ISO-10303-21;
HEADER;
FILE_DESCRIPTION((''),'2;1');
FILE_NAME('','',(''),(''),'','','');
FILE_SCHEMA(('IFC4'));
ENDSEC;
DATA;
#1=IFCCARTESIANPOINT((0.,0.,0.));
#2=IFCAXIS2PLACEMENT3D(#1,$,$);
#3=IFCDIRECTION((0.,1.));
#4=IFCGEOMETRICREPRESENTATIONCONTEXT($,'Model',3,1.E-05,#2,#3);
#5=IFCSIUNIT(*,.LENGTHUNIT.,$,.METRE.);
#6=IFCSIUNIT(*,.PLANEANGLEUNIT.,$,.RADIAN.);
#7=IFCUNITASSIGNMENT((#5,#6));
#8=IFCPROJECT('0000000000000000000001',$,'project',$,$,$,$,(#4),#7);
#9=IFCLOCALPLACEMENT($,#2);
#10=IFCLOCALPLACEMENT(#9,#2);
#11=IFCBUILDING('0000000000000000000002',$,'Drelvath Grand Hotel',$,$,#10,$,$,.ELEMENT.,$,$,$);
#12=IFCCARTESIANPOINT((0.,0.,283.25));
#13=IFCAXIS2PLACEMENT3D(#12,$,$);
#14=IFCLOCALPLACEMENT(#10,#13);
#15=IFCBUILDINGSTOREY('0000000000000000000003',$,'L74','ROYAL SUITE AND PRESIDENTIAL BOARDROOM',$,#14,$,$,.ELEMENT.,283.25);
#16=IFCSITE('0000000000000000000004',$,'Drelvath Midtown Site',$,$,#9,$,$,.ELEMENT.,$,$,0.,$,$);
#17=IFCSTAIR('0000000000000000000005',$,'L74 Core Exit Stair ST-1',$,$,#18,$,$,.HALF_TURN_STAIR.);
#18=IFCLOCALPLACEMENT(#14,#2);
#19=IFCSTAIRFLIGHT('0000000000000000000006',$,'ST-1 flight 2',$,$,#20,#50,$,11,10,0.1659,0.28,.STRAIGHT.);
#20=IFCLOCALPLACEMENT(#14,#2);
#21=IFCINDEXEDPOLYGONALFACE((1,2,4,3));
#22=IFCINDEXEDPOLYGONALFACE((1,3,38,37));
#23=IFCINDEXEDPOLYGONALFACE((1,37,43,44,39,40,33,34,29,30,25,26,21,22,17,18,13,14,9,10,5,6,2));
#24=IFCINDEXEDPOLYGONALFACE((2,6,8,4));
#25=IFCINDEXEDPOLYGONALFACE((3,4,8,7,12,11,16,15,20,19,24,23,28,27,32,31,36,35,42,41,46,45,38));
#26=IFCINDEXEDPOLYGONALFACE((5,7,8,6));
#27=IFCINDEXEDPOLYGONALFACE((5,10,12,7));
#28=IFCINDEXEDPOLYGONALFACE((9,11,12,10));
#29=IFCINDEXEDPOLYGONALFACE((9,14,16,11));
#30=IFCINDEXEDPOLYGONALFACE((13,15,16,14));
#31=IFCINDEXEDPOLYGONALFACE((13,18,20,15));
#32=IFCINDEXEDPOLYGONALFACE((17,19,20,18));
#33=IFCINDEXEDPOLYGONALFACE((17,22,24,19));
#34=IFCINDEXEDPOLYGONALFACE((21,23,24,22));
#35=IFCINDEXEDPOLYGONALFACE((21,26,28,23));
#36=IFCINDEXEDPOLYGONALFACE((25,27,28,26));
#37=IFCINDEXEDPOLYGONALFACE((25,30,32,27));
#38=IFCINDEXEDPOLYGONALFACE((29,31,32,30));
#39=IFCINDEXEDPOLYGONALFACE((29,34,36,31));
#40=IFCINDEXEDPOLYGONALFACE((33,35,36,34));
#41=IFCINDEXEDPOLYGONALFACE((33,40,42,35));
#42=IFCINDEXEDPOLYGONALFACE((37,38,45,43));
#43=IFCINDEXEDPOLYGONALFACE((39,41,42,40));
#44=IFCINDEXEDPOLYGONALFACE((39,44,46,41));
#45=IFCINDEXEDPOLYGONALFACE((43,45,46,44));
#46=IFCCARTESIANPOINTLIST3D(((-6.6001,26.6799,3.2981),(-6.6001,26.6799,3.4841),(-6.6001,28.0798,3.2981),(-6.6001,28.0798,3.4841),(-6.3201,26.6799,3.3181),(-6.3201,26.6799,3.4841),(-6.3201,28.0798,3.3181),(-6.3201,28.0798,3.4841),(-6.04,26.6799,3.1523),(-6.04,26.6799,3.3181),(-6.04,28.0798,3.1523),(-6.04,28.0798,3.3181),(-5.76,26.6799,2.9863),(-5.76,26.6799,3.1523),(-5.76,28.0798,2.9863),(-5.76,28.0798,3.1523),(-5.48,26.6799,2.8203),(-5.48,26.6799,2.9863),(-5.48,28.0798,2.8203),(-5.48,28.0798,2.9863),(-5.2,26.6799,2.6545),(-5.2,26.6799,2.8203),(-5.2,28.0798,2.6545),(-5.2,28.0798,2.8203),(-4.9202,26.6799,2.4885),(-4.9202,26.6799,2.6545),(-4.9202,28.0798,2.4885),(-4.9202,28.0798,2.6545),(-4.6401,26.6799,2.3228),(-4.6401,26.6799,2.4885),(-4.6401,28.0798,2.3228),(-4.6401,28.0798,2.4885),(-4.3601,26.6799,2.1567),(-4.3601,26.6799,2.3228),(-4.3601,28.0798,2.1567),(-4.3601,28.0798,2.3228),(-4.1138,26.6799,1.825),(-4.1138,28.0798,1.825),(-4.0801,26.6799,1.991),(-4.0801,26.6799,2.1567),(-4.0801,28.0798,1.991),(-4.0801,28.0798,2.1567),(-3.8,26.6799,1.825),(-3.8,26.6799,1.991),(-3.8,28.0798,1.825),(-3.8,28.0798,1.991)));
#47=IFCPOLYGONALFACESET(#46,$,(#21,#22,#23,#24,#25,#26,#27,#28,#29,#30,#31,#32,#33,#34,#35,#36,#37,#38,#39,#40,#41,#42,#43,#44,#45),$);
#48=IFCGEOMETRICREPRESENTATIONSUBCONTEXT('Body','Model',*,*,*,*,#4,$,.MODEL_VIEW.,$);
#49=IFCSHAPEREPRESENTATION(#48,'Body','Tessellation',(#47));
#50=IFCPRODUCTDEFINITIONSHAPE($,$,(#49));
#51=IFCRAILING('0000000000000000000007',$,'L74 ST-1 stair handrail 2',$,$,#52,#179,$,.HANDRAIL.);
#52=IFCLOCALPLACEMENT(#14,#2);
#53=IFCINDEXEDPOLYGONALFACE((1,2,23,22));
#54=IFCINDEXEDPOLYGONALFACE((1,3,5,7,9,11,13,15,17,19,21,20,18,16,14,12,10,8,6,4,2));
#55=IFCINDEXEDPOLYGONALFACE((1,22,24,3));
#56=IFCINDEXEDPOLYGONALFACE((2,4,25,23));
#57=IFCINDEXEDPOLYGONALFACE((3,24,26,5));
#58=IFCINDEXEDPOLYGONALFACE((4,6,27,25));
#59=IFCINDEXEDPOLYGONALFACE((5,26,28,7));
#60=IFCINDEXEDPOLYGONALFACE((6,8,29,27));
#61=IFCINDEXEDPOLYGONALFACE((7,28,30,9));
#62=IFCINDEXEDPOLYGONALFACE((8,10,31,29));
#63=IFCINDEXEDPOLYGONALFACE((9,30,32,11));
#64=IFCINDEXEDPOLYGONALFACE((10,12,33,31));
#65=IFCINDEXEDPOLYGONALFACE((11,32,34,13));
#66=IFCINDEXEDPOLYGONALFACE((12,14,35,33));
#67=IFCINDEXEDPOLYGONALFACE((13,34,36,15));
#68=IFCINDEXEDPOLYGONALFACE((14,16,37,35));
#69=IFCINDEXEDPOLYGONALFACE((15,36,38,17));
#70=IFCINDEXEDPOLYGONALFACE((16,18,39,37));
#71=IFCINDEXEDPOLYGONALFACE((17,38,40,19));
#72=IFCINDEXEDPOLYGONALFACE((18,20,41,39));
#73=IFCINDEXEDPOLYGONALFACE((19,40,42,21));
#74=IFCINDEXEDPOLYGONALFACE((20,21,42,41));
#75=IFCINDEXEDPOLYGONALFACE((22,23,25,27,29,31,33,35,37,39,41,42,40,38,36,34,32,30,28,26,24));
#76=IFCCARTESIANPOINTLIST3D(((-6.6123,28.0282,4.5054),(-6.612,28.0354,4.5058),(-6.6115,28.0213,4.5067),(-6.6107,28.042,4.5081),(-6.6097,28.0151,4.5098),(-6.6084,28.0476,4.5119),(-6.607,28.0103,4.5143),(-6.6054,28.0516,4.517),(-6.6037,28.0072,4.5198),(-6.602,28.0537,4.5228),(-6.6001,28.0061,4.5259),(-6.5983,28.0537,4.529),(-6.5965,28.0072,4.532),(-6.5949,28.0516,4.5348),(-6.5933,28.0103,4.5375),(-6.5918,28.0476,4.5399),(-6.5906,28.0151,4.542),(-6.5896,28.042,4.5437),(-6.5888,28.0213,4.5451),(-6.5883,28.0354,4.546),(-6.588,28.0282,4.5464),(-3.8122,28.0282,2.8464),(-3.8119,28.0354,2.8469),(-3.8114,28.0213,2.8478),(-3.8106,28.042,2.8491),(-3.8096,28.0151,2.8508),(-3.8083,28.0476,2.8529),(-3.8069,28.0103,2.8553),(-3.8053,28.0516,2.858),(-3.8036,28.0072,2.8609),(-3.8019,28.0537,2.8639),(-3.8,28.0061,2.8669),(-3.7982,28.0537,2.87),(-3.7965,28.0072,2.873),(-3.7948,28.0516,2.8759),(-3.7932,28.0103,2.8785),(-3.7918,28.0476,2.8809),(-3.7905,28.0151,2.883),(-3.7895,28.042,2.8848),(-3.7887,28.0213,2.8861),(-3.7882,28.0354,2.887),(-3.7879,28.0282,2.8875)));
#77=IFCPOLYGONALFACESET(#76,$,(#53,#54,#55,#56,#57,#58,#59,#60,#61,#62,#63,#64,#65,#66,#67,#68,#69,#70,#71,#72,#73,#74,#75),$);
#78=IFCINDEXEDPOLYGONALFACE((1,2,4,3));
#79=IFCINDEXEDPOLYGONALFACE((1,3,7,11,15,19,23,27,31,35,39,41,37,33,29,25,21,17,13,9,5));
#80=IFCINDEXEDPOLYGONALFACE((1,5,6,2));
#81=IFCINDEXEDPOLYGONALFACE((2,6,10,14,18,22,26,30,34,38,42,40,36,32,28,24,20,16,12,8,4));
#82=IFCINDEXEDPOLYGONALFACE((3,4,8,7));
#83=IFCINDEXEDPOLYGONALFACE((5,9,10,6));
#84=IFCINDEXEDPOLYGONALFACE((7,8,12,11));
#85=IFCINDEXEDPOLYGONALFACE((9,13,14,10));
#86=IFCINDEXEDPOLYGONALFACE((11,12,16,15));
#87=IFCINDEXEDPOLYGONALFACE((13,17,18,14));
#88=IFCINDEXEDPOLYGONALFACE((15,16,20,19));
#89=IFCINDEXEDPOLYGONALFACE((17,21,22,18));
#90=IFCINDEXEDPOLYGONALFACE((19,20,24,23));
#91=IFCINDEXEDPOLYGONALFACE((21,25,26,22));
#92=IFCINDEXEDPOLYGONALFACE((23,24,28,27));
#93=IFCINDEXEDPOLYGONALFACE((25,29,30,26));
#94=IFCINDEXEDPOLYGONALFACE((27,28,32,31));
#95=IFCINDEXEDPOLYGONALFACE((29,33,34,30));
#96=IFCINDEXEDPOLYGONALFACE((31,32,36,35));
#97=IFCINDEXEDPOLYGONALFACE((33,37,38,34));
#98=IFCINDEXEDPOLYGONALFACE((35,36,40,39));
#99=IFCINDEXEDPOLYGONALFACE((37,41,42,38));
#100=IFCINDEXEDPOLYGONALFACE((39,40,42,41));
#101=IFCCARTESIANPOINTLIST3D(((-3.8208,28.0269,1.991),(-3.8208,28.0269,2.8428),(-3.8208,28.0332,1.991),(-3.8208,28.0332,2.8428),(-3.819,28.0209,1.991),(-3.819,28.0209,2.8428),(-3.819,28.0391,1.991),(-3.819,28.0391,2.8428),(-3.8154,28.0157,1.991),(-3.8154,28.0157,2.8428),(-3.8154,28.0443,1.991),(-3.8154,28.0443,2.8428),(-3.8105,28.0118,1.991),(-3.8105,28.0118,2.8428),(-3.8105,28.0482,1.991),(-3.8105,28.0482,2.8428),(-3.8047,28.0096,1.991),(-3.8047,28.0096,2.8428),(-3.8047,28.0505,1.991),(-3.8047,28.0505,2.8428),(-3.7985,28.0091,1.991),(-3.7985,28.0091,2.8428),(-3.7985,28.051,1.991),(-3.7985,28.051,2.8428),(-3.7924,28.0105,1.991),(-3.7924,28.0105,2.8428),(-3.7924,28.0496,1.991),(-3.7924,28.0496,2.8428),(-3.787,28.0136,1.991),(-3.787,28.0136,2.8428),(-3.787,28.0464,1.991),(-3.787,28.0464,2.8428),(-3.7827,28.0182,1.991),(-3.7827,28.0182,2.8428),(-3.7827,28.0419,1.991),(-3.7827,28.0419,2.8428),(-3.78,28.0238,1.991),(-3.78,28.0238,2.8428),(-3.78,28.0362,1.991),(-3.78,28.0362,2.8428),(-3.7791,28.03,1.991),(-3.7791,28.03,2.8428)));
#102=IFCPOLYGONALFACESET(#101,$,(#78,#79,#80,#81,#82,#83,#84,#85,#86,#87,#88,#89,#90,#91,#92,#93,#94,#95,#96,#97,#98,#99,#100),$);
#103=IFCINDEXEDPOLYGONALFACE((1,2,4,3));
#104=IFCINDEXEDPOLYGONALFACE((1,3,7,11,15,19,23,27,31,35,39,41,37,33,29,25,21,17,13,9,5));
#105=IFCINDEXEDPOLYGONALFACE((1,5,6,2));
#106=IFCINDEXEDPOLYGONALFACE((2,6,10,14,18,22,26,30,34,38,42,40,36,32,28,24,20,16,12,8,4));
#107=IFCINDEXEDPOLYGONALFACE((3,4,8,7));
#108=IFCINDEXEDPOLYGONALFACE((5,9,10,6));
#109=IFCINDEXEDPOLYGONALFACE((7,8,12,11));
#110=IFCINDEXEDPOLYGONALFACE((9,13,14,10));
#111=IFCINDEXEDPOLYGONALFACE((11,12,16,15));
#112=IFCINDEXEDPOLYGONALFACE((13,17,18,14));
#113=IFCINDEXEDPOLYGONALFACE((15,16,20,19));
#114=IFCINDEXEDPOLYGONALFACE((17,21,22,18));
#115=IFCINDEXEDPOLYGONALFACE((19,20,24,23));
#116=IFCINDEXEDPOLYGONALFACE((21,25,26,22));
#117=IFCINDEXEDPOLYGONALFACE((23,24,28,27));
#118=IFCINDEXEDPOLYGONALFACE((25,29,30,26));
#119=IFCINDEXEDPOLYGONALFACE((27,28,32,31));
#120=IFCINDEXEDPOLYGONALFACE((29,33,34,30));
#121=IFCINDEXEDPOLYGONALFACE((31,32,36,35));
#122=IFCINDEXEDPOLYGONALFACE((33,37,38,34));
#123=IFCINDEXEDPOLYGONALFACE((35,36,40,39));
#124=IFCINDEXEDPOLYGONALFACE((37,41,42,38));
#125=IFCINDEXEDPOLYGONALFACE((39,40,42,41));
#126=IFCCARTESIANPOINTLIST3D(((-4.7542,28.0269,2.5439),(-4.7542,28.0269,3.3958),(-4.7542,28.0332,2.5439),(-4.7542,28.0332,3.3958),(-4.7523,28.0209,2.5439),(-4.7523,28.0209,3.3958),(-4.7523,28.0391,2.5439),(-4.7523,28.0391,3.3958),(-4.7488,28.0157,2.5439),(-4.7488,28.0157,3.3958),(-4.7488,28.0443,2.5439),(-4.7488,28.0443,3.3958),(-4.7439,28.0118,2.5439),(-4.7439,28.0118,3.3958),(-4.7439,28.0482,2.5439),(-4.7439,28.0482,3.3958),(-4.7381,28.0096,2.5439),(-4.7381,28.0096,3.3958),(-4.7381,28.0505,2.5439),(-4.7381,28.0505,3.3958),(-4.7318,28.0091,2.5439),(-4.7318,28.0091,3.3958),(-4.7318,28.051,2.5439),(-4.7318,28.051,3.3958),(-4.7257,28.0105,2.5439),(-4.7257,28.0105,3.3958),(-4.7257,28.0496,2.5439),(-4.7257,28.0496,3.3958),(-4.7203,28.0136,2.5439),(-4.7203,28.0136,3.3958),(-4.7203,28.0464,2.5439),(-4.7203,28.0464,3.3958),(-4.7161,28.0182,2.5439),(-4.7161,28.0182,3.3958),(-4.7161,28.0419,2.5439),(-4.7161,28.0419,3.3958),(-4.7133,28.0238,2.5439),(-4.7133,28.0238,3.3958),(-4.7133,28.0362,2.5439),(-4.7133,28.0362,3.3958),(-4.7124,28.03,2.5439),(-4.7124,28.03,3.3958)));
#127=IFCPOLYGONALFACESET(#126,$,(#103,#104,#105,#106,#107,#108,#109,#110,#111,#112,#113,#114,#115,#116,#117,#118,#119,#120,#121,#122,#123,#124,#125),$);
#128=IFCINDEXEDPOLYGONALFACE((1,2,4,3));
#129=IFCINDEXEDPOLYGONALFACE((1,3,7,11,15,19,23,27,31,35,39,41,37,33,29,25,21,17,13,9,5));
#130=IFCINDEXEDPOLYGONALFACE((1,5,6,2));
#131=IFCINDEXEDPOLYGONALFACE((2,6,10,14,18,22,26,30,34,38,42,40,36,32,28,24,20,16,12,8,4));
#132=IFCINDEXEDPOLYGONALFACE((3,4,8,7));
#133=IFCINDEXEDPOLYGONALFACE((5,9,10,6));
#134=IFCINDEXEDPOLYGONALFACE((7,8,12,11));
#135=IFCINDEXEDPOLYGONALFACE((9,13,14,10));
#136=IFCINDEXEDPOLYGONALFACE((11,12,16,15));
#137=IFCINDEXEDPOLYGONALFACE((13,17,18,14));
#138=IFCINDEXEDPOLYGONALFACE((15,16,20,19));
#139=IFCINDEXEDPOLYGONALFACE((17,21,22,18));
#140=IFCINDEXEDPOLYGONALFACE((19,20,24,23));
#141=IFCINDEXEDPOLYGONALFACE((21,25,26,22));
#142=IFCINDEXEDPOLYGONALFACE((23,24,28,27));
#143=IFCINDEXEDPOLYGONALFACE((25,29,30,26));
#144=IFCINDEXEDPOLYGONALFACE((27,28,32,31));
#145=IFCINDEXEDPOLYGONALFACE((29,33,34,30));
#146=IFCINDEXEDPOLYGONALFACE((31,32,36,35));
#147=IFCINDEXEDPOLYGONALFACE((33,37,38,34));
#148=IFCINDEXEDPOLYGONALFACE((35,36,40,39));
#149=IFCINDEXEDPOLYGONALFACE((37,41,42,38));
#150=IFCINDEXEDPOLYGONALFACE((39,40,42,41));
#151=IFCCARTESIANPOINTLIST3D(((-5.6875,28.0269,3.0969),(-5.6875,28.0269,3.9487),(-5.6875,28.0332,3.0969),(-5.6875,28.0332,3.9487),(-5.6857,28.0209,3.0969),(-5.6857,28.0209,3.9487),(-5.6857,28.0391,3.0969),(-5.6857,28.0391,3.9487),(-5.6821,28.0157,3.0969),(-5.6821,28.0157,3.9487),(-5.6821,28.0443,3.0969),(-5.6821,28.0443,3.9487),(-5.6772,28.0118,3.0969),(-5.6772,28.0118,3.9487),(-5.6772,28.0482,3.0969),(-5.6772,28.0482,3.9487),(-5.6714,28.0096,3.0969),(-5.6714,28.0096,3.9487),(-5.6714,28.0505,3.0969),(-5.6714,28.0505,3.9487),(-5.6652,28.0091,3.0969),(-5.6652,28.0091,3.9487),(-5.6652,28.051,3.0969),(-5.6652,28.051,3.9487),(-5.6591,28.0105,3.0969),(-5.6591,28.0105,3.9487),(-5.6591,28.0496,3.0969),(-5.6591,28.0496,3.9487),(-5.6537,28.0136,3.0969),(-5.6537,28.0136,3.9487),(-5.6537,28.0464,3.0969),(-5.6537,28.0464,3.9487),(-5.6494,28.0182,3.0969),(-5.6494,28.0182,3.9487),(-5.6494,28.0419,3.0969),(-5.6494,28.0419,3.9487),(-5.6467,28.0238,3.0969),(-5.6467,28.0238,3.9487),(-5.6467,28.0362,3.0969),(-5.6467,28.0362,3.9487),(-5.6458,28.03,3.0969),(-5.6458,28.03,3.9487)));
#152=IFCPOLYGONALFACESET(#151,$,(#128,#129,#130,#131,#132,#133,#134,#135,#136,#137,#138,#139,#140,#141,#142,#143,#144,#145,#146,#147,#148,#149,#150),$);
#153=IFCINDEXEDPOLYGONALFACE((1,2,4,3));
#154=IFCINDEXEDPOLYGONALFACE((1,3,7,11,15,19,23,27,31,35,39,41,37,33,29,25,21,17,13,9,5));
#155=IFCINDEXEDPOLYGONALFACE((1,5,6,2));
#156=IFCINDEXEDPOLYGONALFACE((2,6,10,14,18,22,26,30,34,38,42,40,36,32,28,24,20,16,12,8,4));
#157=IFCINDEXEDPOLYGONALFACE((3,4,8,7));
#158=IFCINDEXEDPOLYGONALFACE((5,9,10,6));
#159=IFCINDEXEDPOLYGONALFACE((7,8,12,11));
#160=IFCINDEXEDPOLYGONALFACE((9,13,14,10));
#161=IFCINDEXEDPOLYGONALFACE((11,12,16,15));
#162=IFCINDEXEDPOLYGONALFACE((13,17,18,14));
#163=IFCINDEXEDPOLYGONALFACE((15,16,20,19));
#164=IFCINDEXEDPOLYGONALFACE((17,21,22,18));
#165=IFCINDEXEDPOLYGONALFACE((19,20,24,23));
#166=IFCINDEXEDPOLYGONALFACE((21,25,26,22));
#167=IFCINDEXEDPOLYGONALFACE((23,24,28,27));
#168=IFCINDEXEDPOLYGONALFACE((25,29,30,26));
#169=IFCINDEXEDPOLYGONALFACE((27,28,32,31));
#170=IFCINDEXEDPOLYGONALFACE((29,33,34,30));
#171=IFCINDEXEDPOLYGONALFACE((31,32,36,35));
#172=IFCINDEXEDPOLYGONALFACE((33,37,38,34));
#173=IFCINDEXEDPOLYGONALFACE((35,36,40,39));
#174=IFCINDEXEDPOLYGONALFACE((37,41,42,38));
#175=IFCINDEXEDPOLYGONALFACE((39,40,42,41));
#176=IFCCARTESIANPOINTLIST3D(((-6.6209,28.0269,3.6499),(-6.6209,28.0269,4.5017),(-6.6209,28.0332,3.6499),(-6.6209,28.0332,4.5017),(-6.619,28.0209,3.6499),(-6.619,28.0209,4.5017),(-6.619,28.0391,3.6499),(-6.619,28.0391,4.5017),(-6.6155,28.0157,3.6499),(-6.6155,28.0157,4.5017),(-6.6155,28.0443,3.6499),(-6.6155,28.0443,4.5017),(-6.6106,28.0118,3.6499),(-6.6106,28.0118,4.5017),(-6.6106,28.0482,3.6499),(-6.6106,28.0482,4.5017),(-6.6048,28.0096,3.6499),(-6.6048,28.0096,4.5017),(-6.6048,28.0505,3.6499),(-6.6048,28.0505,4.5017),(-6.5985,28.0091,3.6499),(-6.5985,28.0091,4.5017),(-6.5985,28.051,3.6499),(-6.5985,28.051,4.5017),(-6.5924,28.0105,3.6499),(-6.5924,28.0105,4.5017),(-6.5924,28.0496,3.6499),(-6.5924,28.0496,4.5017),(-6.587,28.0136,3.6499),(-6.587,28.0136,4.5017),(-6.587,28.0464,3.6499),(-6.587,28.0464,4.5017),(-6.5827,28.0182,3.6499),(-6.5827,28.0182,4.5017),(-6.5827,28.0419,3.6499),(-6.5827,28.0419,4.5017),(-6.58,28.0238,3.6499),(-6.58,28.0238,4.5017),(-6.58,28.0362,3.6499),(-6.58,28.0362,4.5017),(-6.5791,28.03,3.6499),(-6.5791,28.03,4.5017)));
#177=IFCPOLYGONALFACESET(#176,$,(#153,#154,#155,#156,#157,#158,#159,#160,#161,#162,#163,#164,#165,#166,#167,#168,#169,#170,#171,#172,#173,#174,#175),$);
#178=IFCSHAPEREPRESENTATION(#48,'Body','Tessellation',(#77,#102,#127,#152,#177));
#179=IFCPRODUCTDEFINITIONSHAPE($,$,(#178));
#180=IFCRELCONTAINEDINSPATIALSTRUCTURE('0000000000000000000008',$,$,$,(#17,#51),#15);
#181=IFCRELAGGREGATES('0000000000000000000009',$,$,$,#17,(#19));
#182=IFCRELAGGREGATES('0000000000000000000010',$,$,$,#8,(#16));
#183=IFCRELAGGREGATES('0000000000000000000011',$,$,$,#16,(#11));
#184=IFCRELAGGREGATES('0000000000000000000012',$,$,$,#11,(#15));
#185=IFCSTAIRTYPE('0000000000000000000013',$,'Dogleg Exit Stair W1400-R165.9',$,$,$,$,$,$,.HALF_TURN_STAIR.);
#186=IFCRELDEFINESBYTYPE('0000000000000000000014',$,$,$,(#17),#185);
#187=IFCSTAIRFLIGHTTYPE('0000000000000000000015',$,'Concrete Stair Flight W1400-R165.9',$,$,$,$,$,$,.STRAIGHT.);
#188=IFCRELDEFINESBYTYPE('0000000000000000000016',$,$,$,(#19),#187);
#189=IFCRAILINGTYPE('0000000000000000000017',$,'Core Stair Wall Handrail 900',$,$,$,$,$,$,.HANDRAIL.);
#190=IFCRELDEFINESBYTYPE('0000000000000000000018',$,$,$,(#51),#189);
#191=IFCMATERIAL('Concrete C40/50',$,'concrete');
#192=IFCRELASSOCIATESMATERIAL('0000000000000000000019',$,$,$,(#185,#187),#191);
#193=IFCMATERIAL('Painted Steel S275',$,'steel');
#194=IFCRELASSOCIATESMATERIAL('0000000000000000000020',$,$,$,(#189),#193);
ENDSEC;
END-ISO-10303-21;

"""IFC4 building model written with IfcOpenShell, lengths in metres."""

from ifc_helpers import new_model, si_unit, direction, frame, origin, origin_2d, place, context, subcontext, project, spatial, polyline, circle, outline, extrude, material, type_object, element, aggregate, save


model = new_model("IFC4")

# Units and contexts
model_context = context("Model", 3, precision=1e-05, world=origin(), true_north=direction((0.0, 1.0)))
body_context = subcontext(model_context, "Body", "Model", "MODEL_VIEW")
ifc_project = project(units=[si_unit("LENGTHUNIT", "METRE"), si_unit("PLANEANGLEUNIT", "RADIAN")], contexts=[model_context])

# Site, building, storey
site_placement = place(None, origin())
site = spatial("IfcSite", under=ifc_project, at=site_placement, Name="Drelvath Midtown Site", CompositionType="ELEMENT", RefElevation=0.0)
building_placement = place(site_placement, origin())
building = spatial("IfcBuilding", under=site, at=building_placement, Name="Drelvath Grand Hotel", CompositionType="ELEMENT")
storey_placement = place(building_placement, frame((0.0, 0.0, 283.25)))
storey = spatial("IfcBuildingStorey", under=building, at=storey_placement, Name="L74", Description="ROYAL SUITE AND PRESIDENTIAL BOARDROOM", CompositionType="ELEMENT", Elevation=283.25)

# Shared definitions
ifc_material_1 = material(Name="Painted Steel S275", Category="steel")

# Shared definitions
ifc_material_2 = material(Name="Concrete C40/50", Category="concrete")

# Stair, stair flight
stair_type = type_object("IfcStairType", Name="Dogleg Exit Stair W1400-R165.9", PredefinedType="HALF_TURN_STAIR", material=ifc_material_2)
stair_placement = place(storey_placement, origin())
stair = element("IfcStair", 1, at=stair_placement, inside=storey, type_object=stair_type, Name="L74 Core Exit Stair ST-1", PredefinedType="HALF_TURN_STAIR")
stair_flight_type = type_object("IfcStairFlightType", Name="Concrete Stair Flight W1400-R165.9", PredefinedType="STRAIGHT", material=ifc_material_2)
stair_flight_placement = place(storey_placement, frame((-3.8, 27.3799, 1.825), z_axis=(0.0, 0.0, 1.0), x_axis=(-1.0, 0.0, 0.0)))
stair_flight = element("IfcStairFlight", 2, at=stair_flight_placement, type_object=stair_flight_type, Name="ST-1 flight 2", NumberOfRisers=11, NumberOfTreads=10, PredefinedType="STRAIGHT", RiserHeight=0.1659, TreadLength=0.28, context=body_context, shape_type="SweptSolid", body=[
    extrude(outline(polyline([(0.0, 0.0), (0.0, 0.166), (0.28, 0.166), (0.28, 0.3318), (0.5601, 0.3318), (0.5601, 0.4978), (0.8401, 0.4978), (0.8401, 0.6636), (1.1201, 0.6636), (1.1201, 0.8296), (1.3999, 0.8296), (1.3999, 0.9954), (1.6799, 0.9954), (1.6799, 1.1614), (1.96, 1.1614), (1.96, 1.3274), (2.24, 1.3274), (2.24, 1.4932), (2.52, 1.4932), (2.52, 1.6592), (2.8, 1.6592), (2.8, 1.825), (2.8, 1.4731), (0.3137, 0.0), (0.0, 0.0)])), frame((0.0, 0.7, 0.0), z_axis=(0.0, -1.0, 0.0), x_axis=(1.0, 0.0, 0.0)), (0.0, 0.0, 1.0), 1.3999),
])
aggregate(stair, [stair_flight])

# Railing
railing_type = type_object("IfcRailingType", Name="Core Stair Wall Handrail 900", PredefinedType="HANDRAIL", material=ifc_material_1)
railing_placement = place(storey_placement, frame((-3.8, 28.03, 1.991)))
element("IfcRailing", 3, at=railing_placement, inside=storey, type_object=railing_type, Name="L74 ST-1 stair handrail 2", PredefinedType="HANDRAIL", context=body_context, shape_type="SweptSolid", body=[
    extrude(circle(Radius=0.0239, at=origin_2d()), frame((0.0, 0.0, 0.876), z_axis=(-0.860339, 0.0, 0.509722), x_axis=(0.0, -1.0, 0.0)), (0.0, 0.0, 1.0), 3.2546),
    extrude(circle(Radius=0.021, at=origin_2d()), origin(), (0.0, 0.0, 1.0), 0.8518),
    extrude(circle(Radius=0.021, at=origin_2d()), frame((-0.9333, 0.0, 0.553)), (0.0, 0.0, 1.0), 0.8518),
    extrude(circle(Radius=0.021, at=origin_2d()), frame((-1.8667, 0.0, 1.106)), (0.0, 0.0, 1.0), 0.8518),
    extrude(circle(Radius=0.021, at=origin_2d()), frame((-2.8, 0.0, 1.6589)), (0.0, 0.0, 1.0), 0.8518),
])

save(model, "model.ifc")
